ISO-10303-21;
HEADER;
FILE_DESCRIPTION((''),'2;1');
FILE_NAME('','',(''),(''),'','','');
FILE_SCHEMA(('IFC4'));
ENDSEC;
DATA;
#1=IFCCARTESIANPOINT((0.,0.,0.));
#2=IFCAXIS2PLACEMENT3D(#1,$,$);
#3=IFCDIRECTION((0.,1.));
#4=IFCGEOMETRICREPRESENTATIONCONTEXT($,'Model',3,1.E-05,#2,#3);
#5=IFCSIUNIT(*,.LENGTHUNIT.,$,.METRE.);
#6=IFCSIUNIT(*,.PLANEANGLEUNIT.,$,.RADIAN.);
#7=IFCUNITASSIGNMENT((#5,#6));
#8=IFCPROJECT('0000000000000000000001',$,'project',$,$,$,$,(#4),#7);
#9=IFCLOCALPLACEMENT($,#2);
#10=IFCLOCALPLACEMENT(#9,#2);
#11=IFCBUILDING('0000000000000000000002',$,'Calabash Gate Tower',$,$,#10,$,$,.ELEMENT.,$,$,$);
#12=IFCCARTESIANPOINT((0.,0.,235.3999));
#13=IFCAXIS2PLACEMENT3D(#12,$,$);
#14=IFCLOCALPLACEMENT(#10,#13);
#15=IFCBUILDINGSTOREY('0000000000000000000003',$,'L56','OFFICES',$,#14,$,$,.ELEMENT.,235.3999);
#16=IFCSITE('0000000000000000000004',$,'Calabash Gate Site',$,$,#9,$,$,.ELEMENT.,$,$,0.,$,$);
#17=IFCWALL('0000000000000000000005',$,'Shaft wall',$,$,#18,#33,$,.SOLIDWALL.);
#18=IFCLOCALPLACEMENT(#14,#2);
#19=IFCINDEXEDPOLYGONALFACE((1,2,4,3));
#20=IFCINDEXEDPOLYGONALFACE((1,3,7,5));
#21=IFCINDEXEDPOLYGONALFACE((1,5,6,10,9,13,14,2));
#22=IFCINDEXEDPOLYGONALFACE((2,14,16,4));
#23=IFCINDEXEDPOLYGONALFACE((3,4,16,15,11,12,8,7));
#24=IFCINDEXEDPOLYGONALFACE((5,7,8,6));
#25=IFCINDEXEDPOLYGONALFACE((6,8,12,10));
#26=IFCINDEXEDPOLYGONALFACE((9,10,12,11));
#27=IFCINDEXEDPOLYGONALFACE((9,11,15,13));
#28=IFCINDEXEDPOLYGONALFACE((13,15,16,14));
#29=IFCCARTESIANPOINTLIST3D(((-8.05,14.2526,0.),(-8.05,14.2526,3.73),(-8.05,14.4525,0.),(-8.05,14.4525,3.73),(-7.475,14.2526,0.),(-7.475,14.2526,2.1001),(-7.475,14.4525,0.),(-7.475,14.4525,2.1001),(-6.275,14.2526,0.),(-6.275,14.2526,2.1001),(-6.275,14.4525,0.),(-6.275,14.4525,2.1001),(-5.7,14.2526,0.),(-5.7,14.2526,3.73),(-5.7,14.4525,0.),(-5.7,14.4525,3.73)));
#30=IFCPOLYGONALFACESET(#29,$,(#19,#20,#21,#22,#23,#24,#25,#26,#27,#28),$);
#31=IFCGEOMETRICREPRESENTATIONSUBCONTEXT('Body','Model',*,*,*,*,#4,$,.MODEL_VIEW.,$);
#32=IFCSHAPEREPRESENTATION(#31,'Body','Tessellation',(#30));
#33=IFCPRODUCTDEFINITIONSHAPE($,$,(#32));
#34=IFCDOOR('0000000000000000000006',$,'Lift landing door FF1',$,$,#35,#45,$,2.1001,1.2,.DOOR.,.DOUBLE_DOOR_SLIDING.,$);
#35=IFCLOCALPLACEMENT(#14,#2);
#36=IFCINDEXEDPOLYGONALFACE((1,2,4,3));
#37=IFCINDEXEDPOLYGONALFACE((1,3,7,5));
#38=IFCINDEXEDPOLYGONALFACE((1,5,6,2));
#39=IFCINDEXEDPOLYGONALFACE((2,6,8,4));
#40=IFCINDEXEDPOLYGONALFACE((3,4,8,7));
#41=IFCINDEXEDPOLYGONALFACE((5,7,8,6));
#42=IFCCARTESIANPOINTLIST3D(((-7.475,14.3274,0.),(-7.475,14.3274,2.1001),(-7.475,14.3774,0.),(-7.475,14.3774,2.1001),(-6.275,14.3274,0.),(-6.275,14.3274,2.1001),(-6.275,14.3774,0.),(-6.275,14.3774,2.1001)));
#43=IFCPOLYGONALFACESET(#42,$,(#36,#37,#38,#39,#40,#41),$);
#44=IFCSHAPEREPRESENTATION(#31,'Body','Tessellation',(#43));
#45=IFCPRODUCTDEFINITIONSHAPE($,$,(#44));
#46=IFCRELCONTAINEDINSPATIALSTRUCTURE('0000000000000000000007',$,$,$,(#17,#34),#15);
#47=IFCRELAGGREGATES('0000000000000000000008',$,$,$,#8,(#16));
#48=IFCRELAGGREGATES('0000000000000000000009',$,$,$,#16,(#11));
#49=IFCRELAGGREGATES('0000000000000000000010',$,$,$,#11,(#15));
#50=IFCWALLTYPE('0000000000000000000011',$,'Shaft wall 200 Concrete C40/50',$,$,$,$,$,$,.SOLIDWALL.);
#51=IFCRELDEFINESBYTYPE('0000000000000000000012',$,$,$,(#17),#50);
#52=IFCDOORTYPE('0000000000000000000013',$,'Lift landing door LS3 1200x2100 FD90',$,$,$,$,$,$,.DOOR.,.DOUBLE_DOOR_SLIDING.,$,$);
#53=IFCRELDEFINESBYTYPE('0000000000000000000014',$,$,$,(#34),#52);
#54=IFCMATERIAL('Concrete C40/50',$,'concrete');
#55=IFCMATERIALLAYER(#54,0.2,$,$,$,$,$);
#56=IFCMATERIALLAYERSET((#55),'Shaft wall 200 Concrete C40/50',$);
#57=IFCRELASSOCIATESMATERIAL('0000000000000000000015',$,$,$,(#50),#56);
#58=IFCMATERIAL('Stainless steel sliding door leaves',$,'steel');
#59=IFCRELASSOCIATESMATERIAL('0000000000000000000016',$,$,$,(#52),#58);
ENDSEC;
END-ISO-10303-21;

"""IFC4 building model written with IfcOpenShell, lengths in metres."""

from ifc_helpers import new_model, si_unit, direction, frame, frame_2d, origin, place, context, subcontext, project, spatial, rectangle, extrude, material, layer, layer_set, type_object, element, fill, save


model = new_model("IFC4")

# Units and contexts
model_context = context("Model", 3, precision=1e-05, world=origin(), true_north=direction((0.0, 1.0)))
body_context = subcontext(model_context, "Body", "Model", "MODEL_VIEW")
ifc_project = project(units=[si_unit("LENGTHUNIT", "METRE"), si_unit("PLANEANGLEUNIT", "RADIAN")], contexts=[model_context])

# Site, building, storey
site_placement = place(None, origin())
site = spatial("IfcSite", under=ifc_project, at=site_placement, Name="Calabash Gate Site", CompositionType="ELEMENT", RefElevation=0.0)
building_placement = place(site_placement, origin())
building = spatial("IfcBuilding", under=site, at=building_placement, Name="Calabash Gate Tower", CompositionType="ELEMENT")
storey_placement = place(building_placement, frame((0.0, 0.0, 235.3999)))
storey = spatial("IfcBuildingStorey", under=building, at=storey_placement, Name="L56", Description="OFFICES", CompositionType="ELEMENT", Elevation=235.3999)

# Shared definitions
ifc_material_1 = material(Name="Concrete C40/50", Category="concrete")
ifc_layer_1 = layer(ifc_material_1, 0.2)
ifc_layer_set_1 = layer_set([ifc_layer_1], Name="Shaft wall 200 Concrete C40/50")
wall_type_1 = type_object("IfcWallType", Name="Shaft wall 200 Concrete C40/50", PredefinedType="SOLIDWALL", material=ifc_layer_set_1)

# Wall, opening, door
wall_1_placement = place(storey_placement, frame((-8.05, 14.3525, 0.0), z_axis=(0.0, 0.0, 1.0), x_axis=(1.0, 0.0, 0.0)))
wall_1 = element("IfcWall", 1, at=wall_1_placement, inside=storey, type_object=wall_type_1, Name="Shaft wall", PredefinedType="SOLIDWALL", context=body_context, shape_type="SweptSolid", body=[
    extrude(rectangle(XDim=2.3501, YDim=0.2, at=frame_2d((1.175, 0.0))), origin(), (0.0, 0.0, 1.0), 3.73),
])
opening_1_placement = place(wall_1_placement, frame((0.575, 0.0, 0.0)))
opening_1 = element("IfcOpeningElement", 2, at=opening_1_placement, cuts=wall_1, PredefinedType="OPENING", context=body_context, shape_type="SweptSolid", body=[
    extrude(rectangle(XDim=1.2, YDim=2.1001, at=frame_2d((0.6001, 1.05))), frame((0.0, 0.1099, 0.0), z_axis=(0.0, -1.0, 0.0), x_axis=(1.0, 0.0, 0.0)), (0.0, 0.0, 1.0), 0.22),
])
ifc_material_2 = material(Name="Stainless steel sliding door leaves", Category="steel")
door_type_1 = type_object("IfcDoorType", Name="Lift landing door LS3 1200x2100 FD90", OperationType="DOUBLE_DOOR_SLIDING", PredefinedType="DOOR", material=ifc_material_2)
door_1_placement = place(opening_1_placement, origin())
door_1 = element("IfcDoor", 3, at=door_1_placement, inside=storey, type_object=door_type_1, Name="Lift landing door FF1", OperationType="DOUBLE_DOOR_SLIDING", OverallHeight=2.1001, OverallWidth=1.2, PredefinedType="DOOR", context=body_context, shape_type="SweptSolid", body=[
    extrude(rectangle(XDim=1.2, YDim=2.1001, at=frame_2d((0.6001, 1.05))), frame((0.0, 0.0249, 0.0), z_axis=(0.0, -1.0, 0.0), x_axis=(1.0, 0.0, 0.0)), (0.0, 0.0, 1.0), 0.05),
])
fill(opening_1, door_1)

save(model, "model.ifc")
